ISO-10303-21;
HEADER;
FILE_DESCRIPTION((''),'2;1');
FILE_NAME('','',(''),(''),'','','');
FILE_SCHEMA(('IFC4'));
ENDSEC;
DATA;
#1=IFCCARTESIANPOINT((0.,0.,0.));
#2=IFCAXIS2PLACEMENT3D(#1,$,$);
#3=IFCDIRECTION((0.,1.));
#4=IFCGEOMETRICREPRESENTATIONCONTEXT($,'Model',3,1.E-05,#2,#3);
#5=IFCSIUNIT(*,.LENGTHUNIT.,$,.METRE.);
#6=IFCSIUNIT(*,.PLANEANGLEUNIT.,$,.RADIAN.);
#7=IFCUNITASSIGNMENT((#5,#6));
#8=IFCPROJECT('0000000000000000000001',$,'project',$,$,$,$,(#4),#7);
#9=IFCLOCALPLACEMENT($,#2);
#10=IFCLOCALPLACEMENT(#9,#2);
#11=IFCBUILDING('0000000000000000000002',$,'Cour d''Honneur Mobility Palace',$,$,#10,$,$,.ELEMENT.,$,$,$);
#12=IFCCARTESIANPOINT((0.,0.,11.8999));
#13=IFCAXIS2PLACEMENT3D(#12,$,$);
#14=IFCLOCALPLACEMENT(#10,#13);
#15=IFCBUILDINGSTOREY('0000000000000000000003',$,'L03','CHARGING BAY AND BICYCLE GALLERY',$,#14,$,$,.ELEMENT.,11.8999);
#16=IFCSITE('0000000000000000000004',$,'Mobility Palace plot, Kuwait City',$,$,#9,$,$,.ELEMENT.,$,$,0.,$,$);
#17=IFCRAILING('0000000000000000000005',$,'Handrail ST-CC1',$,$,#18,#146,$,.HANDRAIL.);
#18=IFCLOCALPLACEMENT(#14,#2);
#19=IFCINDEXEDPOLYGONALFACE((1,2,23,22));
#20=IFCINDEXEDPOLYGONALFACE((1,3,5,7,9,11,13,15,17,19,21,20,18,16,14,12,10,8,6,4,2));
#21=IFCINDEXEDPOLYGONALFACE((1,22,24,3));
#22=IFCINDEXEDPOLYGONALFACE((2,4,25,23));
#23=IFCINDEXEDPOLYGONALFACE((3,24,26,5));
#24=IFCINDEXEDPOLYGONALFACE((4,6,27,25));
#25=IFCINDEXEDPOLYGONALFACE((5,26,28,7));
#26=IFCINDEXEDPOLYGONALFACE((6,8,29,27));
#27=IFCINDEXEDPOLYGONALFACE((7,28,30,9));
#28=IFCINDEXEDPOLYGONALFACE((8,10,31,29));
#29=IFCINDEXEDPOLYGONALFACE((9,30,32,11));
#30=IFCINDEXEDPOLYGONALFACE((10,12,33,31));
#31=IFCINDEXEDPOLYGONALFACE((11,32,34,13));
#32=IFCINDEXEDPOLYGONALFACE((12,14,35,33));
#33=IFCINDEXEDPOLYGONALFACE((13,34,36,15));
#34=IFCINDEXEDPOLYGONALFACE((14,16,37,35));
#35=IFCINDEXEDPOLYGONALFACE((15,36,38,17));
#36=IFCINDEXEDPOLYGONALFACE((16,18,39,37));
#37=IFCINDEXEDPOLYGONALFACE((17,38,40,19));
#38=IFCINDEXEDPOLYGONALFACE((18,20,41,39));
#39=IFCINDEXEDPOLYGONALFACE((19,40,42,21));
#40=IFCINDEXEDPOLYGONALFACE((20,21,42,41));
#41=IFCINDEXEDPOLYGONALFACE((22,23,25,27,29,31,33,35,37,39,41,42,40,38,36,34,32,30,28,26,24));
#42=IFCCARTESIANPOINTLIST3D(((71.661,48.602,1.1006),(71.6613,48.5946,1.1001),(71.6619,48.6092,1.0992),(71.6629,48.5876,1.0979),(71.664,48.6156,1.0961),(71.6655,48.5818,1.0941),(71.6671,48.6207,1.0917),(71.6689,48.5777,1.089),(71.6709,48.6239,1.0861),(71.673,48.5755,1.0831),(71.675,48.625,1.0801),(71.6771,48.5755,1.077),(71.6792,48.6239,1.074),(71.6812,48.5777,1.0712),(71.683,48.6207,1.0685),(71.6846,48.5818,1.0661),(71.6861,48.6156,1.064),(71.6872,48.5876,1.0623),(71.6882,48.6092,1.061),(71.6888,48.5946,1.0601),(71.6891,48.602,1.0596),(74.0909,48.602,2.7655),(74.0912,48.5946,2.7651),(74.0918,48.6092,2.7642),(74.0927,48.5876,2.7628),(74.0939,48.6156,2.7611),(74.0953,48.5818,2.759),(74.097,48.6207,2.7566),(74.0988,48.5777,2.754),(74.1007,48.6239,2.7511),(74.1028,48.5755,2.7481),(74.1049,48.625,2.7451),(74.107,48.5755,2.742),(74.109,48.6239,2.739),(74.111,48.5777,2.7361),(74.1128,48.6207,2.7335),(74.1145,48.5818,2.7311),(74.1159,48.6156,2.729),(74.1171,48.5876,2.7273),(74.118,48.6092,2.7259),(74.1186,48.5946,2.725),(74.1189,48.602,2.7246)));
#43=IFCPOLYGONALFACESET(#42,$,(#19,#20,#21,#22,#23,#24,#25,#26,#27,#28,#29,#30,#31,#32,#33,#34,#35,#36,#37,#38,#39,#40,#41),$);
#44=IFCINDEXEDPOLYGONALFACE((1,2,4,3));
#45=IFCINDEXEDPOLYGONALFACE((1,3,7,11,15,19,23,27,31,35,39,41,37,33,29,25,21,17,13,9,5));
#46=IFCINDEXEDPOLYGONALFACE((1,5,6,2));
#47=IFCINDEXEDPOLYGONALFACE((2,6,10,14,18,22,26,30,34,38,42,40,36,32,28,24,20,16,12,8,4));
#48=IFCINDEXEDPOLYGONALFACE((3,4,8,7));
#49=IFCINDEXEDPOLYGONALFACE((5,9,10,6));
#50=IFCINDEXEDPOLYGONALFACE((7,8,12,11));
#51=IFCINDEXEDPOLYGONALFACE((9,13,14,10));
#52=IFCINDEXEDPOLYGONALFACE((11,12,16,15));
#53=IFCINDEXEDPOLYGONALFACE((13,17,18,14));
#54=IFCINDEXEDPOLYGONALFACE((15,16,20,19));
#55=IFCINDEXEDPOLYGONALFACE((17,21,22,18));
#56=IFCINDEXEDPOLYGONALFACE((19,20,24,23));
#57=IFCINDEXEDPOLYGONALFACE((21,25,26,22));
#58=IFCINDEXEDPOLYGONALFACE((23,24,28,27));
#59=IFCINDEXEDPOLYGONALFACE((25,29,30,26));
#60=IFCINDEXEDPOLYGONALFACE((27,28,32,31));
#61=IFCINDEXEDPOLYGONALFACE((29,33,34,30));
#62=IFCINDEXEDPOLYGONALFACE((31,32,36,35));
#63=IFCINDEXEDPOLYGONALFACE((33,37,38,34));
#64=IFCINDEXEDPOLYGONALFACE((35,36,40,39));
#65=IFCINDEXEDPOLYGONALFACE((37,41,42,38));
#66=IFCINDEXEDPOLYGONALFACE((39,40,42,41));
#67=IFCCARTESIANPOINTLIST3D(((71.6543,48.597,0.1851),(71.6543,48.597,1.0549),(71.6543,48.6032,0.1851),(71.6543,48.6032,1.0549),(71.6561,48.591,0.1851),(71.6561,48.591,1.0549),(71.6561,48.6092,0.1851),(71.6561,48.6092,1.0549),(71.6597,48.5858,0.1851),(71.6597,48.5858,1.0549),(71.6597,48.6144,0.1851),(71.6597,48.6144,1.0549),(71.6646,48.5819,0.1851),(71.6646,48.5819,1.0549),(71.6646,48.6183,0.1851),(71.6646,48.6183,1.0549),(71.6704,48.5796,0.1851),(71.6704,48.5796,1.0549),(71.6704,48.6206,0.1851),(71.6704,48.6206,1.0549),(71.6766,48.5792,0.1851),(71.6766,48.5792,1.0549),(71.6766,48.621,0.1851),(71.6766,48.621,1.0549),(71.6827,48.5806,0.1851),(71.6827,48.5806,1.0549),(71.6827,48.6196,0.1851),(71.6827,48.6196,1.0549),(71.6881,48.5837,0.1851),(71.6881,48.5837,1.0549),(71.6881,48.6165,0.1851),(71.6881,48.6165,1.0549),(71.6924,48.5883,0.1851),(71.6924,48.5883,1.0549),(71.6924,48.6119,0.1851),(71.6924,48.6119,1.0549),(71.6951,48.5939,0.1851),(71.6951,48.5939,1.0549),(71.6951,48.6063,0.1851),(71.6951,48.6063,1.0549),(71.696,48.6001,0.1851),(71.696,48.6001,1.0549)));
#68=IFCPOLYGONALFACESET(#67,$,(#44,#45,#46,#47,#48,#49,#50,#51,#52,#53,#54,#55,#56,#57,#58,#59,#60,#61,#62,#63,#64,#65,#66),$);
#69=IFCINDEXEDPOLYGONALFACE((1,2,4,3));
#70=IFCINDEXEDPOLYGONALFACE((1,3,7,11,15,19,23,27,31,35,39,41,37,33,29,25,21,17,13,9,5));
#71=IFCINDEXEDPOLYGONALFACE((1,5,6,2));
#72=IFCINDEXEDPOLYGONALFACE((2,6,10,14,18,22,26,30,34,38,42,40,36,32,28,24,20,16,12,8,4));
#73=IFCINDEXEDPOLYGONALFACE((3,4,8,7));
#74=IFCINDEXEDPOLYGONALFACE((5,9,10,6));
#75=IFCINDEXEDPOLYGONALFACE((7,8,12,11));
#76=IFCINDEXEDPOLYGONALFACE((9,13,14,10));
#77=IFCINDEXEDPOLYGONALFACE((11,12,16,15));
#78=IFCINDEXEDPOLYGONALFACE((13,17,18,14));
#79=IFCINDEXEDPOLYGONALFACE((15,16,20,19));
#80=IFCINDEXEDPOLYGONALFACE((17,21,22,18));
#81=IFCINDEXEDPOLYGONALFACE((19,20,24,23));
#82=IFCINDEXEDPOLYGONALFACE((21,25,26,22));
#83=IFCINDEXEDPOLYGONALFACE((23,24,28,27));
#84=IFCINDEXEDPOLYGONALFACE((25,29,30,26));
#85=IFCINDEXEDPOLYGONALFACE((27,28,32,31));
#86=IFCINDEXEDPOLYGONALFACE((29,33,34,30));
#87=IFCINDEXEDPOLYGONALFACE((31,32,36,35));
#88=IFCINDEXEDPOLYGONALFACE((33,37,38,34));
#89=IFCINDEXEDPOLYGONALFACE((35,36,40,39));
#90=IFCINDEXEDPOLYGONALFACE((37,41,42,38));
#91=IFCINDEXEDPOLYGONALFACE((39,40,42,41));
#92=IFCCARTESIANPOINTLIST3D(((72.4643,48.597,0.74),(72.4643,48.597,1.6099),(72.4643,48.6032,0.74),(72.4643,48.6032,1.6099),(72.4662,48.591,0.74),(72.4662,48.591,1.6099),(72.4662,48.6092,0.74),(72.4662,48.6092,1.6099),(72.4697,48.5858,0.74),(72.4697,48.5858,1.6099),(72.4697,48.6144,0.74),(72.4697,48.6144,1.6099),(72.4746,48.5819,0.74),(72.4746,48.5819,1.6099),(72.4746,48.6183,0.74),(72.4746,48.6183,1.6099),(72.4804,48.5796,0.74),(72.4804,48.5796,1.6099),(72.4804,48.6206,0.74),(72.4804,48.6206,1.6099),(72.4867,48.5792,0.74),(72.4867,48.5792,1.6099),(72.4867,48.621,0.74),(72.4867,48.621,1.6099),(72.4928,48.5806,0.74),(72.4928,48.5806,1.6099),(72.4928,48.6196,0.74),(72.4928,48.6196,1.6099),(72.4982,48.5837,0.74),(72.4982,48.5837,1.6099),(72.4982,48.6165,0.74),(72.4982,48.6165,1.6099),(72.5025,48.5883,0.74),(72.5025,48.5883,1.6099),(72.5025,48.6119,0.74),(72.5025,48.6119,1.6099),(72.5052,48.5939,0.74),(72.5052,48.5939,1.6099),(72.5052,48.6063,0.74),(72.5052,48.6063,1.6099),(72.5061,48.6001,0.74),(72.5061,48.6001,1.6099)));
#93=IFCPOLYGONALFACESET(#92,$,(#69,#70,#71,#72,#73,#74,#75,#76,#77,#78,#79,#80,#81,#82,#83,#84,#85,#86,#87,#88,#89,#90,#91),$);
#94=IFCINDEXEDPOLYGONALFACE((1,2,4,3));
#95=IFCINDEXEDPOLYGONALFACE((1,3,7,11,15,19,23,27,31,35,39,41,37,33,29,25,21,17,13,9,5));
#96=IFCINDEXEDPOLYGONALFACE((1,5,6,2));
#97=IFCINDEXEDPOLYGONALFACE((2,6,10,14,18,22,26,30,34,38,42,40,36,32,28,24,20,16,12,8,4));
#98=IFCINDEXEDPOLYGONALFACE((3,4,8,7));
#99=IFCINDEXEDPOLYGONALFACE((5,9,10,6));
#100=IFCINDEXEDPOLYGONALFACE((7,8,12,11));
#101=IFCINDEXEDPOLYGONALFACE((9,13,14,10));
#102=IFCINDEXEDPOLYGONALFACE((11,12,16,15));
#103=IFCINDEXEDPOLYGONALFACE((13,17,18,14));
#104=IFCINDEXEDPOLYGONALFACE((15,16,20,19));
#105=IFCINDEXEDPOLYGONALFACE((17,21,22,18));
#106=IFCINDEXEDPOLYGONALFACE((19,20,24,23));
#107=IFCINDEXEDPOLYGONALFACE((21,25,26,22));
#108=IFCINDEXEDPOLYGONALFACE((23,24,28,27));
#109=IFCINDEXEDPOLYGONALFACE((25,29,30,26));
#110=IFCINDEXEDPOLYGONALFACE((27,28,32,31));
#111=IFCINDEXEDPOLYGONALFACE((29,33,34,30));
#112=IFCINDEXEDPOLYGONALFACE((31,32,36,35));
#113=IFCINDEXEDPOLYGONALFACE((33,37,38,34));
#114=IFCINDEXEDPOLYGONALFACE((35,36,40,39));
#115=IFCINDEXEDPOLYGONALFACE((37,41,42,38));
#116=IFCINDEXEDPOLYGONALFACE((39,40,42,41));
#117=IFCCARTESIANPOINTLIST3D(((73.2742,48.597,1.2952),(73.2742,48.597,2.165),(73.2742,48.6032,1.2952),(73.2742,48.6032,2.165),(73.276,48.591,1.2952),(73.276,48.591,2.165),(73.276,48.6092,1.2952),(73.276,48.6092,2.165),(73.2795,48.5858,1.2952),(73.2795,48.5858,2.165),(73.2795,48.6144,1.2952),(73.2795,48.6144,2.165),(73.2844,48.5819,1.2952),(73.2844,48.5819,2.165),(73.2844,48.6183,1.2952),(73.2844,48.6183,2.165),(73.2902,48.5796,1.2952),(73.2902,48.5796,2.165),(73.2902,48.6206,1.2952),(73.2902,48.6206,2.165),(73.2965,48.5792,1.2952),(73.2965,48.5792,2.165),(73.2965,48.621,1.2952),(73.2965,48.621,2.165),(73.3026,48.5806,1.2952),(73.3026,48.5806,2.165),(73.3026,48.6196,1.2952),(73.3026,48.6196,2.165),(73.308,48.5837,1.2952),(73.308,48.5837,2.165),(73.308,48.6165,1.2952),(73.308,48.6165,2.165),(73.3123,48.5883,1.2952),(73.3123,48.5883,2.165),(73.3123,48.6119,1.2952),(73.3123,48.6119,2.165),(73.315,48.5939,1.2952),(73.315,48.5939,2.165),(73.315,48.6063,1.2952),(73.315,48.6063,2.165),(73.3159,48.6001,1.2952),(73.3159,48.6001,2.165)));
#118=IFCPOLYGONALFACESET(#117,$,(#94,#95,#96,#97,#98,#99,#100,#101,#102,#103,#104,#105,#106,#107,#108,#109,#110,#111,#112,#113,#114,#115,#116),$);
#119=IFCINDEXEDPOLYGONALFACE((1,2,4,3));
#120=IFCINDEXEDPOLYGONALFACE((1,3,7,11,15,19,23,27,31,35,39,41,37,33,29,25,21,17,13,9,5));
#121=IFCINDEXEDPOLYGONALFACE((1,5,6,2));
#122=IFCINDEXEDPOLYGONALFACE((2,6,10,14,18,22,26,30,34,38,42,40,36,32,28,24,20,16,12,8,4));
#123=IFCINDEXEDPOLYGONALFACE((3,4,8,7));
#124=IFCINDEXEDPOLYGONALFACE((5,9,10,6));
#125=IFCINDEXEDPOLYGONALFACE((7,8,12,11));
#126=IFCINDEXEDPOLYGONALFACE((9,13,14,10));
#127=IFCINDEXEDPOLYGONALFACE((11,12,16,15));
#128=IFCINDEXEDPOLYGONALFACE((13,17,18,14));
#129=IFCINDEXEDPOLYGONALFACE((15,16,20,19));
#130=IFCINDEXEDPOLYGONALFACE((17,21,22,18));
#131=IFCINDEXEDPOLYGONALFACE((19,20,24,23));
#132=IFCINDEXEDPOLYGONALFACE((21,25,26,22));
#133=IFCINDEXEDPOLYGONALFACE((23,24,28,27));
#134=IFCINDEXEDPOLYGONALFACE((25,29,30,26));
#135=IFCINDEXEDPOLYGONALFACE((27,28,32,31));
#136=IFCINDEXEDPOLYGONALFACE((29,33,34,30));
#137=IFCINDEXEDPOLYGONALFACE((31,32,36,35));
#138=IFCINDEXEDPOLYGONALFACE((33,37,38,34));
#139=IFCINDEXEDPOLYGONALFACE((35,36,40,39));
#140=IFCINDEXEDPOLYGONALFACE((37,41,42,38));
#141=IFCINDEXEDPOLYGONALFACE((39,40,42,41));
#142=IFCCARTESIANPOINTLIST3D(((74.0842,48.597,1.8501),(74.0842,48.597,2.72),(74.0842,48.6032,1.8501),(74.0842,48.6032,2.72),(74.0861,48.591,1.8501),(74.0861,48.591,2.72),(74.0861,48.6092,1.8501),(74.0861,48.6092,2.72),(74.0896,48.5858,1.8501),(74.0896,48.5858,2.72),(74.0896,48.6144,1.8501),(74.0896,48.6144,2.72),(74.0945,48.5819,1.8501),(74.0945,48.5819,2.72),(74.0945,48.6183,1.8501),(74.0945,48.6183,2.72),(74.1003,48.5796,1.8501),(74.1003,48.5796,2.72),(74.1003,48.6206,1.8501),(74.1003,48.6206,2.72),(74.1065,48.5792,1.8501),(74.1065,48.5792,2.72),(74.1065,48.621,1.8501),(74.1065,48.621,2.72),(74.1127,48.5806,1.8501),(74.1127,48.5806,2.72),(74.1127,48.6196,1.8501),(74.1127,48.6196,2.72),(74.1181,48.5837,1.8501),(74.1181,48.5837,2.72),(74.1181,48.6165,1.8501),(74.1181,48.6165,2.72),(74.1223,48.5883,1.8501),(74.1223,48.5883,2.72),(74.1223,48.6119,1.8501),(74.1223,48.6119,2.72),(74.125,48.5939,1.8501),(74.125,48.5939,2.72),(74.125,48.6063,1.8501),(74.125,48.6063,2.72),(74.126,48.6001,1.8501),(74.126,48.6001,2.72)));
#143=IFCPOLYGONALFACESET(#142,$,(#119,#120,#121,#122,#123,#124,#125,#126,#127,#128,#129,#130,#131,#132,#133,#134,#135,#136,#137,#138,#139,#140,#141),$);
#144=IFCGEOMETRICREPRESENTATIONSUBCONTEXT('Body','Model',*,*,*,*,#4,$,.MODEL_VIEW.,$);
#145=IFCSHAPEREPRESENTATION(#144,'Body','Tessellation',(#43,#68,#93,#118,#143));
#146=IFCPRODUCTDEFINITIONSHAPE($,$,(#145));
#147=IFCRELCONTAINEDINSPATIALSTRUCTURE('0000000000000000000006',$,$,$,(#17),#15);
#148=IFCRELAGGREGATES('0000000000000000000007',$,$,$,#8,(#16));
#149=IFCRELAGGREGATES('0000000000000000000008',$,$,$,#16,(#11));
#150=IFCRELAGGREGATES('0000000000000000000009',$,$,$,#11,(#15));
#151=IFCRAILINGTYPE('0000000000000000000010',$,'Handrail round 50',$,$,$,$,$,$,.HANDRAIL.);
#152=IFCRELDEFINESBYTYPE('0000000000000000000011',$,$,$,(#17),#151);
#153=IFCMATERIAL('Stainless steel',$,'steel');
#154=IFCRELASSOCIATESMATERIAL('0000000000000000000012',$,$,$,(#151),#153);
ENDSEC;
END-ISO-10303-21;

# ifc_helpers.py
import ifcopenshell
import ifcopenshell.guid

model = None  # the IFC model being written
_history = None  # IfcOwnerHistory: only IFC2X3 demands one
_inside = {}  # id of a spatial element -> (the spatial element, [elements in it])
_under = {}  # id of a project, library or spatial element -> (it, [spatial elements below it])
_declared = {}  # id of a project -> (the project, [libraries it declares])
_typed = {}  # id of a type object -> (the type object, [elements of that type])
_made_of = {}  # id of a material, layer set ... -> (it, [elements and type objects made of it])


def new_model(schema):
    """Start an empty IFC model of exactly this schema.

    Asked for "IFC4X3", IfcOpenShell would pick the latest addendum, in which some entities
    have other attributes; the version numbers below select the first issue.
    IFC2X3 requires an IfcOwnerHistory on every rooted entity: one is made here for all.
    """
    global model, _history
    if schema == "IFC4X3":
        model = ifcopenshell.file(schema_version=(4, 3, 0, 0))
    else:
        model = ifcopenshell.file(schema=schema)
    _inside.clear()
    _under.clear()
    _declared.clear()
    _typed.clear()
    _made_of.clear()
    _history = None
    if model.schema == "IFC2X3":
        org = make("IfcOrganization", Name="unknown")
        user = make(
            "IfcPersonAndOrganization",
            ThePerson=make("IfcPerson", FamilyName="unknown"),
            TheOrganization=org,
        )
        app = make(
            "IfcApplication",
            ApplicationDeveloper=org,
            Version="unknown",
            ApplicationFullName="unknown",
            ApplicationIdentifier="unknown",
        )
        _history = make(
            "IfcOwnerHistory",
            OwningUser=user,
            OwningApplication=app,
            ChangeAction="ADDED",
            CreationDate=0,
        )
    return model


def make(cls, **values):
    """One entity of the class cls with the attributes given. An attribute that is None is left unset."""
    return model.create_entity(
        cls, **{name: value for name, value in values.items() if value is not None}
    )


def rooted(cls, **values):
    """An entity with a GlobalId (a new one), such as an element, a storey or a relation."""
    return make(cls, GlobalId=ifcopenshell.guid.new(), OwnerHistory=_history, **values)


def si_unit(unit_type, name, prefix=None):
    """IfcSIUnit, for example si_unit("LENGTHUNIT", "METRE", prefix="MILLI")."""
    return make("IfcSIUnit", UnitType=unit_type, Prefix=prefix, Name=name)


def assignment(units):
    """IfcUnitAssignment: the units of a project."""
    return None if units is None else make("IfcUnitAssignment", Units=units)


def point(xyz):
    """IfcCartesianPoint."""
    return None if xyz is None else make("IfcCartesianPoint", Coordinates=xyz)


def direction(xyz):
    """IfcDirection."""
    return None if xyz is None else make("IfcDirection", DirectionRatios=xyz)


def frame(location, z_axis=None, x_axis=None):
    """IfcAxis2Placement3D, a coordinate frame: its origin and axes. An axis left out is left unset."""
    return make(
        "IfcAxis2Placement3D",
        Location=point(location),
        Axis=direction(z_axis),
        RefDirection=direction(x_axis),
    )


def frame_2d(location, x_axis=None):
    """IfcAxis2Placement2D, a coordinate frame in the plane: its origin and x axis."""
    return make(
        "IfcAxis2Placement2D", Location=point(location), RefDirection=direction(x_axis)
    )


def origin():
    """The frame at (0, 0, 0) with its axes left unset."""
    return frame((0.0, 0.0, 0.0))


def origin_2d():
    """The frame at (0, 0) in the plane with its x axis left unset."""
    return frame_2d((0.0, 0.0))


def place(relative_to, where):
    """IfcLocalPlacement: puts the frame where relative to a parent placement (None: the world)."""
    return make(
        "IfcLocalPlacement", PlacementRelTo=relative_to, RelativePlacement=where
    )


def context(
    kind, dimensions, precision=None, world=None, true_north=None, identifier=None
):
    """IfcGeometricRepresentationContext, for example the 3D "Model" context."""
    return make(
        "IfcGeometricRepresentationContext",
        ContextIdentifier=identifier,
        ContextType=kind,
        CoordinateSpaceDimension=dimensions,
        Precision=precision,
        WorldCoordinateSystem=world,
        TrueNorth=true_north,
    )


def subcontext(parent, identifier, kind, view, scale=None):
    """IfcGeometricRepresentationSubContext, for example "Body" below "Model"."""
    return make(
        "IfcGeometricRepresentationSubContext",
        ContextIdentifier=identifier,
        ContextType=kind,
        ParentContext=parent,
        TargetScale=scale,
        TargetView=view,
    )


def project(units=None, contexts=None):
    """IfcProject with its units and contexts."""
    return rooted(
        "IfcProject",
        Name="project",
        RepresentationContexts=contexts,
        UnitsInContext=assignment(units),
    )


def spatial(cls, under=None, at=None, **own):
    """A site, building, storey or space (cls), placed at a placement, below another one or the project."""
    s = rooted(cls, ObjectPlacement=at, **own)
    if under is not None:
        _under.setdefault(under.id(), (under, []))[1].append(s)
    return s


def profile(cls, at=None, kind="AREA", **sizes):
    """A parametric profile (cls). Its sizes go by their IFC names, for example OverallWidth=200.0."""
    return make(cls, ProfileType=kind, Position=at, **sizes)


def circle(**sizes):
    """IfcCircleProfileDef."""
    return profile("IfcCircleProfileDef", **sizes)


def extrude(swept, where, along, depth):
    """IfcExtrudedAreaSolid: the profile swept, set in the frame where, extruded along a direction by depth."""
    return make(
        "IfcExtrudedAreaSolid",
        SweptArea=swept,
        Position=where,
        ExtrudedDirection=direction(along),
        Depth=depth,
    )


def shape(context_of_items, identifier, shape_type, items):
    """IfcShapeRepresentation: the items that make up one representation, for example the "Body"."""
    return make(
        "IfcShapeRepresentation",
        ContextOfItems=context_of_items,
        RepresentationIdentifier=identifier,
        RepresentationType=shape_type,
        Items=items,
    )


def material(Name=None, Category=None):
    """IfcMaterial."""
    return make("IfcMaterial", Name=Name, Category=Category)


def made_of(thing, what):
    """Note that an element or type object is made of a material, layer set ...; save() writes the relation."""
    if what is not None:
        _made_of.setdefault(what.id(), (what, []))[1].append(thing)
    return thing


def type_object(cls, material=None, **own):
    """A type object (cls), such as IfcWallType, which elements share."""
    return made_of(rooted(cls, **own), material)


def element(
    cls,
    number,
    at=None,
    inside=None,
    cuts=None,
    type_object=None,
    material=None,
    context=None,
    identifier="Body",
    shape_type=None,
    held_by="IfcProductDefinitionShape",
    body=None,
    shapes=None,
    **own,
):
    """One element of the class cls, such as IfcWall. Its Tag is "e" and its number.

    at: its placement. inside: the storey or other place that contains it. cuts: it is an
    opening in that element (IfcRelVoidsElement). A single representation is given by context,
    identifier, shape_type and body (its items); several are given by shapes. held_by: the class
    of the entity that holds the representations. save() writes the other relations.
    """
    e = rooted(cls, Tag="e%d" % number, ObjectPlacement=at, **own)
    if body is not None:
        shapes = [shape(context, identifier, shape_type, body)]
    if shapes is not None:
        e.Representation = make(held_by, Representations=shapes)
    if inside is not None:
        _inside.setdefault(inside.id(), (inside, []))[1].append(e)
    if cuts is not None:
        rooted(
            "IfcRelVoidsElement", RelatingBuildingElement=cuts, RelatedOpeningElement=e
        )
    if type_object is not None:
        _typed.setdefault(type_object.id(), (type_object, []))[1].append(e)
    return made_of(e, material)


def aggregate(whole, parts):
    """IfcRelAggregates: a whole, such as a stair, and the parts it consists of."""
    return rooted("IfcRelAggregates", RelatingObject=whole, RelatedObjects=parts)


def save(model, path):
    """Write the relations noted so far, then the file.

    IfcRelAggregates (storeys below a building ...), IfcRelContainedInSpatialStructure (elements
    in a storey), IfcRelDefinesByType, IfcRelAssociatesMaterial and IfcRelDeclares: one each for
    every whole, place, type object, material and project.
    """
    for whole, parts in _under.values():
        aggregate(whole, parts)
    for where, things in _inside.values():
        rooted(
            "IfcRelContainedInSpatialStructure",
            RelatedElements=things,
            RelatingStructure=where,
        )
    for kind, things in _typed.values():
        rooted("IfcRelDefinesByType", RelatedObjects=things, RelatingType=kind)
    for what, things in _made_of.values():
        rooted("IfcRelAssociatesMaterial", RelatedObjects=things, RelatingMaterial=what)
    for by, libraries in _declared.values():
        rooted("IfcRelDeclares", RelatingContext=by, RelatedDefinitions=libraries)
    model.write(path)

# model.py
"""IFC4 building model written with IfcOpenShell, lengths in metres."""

from ifc_helpers import new_model, si_unit, direction, frame, origin, origin_2d, place, context, subcontext, project, spatial, circle, extrude, material, type_object, element, save


model = new_model("IFC4")

# Units and contexts
model_context = context("Model", 3, precision=1e-05, world=origin(), true_north=direction((0.0, 1.0)))
body_context = subcontext(model_context, "Body", "Model", "MODEL_VIEW")
ifc_project = project(units=[si_unit("LENGTHUNIT", "METRE"), si_unit("PLANEANGLEUNIT", "RADIAN")], contexts=[model_context])

# Site, building, storey
site_placement = place(None, origin())
site = spatial("IfcSite", under=ifc_project, at=site_placement, Name="Mobility Palace plot, Kuwait City", CompositionType="ELEMENT", RefElevation=0.0)
building_placement = place(site_placement, origin())
building = spatial("IfcBuilding", under=site, at=building_placement, Name="Cour d'Honneur Mobility Palace", CompositionType="ELEMENT")
storey_placement = place(building_placement, frame((0.0, 0.0, 11.8999)))
storey = spatial("IfcBuildingStorey", under=building, at=storey_placement, Name="L03", Description="CHARGING BAY AND BICYCLE GALLERY", CompositionType="ELEMENT", Elevation=11.8999)

# Railing
ifc_material_1 = material(Name="Stainless steel", Category="steel")
railing_type_1 = type_object("IfcRailingType", Name="Handrail round 50", PredefinedType="HANDRAIL", material=ifc_material_1)
railing_1_placement = place(storey_placement, frame((71.675, 48.6001, 0.1851)))
element("IfcRailing", 1, at=railing_1_placement, inside=storey, type_object=railing_type_1, Name="Handrail ST-CC1", PredefinedType="HANDRAIL", context=body_context, shape_type="SweptSolid", body=[
    extrude(circle(Radius=0.0249, at=origin_2d()), frame((0.0, 0.0, 0.895), z_axis=(0.824919, 0.0, 0.565251), x_axis=(0.0, 1.0, 0.0)), (0.0, 0.0, 1.0), 2.9456),
    extrude(circle(Radius=0.021, at=origin_2d()), origin(), (0.0, 0.0, 1.0), 0.8699),
    extrude(circle(Radius=0.021, at=origin_2d()), frame((0.8101, 0.0, 0.5549)), (0.0, 0.0, 1.0), 0.8699),
    extrude(circle(Radius=0.021, at=origin_2d()), frame((1.6199, 0.0, 1.1101)), (0.0, 0.0, 1.0), 0.8699),
    extrude(circle(Radius=0.021, at=origin_2d()), frame((2.4299, 0.0, 1.665)), (0.0, 0.0, 1.0), 0.8699),
])

save(model, "model.ifc")
